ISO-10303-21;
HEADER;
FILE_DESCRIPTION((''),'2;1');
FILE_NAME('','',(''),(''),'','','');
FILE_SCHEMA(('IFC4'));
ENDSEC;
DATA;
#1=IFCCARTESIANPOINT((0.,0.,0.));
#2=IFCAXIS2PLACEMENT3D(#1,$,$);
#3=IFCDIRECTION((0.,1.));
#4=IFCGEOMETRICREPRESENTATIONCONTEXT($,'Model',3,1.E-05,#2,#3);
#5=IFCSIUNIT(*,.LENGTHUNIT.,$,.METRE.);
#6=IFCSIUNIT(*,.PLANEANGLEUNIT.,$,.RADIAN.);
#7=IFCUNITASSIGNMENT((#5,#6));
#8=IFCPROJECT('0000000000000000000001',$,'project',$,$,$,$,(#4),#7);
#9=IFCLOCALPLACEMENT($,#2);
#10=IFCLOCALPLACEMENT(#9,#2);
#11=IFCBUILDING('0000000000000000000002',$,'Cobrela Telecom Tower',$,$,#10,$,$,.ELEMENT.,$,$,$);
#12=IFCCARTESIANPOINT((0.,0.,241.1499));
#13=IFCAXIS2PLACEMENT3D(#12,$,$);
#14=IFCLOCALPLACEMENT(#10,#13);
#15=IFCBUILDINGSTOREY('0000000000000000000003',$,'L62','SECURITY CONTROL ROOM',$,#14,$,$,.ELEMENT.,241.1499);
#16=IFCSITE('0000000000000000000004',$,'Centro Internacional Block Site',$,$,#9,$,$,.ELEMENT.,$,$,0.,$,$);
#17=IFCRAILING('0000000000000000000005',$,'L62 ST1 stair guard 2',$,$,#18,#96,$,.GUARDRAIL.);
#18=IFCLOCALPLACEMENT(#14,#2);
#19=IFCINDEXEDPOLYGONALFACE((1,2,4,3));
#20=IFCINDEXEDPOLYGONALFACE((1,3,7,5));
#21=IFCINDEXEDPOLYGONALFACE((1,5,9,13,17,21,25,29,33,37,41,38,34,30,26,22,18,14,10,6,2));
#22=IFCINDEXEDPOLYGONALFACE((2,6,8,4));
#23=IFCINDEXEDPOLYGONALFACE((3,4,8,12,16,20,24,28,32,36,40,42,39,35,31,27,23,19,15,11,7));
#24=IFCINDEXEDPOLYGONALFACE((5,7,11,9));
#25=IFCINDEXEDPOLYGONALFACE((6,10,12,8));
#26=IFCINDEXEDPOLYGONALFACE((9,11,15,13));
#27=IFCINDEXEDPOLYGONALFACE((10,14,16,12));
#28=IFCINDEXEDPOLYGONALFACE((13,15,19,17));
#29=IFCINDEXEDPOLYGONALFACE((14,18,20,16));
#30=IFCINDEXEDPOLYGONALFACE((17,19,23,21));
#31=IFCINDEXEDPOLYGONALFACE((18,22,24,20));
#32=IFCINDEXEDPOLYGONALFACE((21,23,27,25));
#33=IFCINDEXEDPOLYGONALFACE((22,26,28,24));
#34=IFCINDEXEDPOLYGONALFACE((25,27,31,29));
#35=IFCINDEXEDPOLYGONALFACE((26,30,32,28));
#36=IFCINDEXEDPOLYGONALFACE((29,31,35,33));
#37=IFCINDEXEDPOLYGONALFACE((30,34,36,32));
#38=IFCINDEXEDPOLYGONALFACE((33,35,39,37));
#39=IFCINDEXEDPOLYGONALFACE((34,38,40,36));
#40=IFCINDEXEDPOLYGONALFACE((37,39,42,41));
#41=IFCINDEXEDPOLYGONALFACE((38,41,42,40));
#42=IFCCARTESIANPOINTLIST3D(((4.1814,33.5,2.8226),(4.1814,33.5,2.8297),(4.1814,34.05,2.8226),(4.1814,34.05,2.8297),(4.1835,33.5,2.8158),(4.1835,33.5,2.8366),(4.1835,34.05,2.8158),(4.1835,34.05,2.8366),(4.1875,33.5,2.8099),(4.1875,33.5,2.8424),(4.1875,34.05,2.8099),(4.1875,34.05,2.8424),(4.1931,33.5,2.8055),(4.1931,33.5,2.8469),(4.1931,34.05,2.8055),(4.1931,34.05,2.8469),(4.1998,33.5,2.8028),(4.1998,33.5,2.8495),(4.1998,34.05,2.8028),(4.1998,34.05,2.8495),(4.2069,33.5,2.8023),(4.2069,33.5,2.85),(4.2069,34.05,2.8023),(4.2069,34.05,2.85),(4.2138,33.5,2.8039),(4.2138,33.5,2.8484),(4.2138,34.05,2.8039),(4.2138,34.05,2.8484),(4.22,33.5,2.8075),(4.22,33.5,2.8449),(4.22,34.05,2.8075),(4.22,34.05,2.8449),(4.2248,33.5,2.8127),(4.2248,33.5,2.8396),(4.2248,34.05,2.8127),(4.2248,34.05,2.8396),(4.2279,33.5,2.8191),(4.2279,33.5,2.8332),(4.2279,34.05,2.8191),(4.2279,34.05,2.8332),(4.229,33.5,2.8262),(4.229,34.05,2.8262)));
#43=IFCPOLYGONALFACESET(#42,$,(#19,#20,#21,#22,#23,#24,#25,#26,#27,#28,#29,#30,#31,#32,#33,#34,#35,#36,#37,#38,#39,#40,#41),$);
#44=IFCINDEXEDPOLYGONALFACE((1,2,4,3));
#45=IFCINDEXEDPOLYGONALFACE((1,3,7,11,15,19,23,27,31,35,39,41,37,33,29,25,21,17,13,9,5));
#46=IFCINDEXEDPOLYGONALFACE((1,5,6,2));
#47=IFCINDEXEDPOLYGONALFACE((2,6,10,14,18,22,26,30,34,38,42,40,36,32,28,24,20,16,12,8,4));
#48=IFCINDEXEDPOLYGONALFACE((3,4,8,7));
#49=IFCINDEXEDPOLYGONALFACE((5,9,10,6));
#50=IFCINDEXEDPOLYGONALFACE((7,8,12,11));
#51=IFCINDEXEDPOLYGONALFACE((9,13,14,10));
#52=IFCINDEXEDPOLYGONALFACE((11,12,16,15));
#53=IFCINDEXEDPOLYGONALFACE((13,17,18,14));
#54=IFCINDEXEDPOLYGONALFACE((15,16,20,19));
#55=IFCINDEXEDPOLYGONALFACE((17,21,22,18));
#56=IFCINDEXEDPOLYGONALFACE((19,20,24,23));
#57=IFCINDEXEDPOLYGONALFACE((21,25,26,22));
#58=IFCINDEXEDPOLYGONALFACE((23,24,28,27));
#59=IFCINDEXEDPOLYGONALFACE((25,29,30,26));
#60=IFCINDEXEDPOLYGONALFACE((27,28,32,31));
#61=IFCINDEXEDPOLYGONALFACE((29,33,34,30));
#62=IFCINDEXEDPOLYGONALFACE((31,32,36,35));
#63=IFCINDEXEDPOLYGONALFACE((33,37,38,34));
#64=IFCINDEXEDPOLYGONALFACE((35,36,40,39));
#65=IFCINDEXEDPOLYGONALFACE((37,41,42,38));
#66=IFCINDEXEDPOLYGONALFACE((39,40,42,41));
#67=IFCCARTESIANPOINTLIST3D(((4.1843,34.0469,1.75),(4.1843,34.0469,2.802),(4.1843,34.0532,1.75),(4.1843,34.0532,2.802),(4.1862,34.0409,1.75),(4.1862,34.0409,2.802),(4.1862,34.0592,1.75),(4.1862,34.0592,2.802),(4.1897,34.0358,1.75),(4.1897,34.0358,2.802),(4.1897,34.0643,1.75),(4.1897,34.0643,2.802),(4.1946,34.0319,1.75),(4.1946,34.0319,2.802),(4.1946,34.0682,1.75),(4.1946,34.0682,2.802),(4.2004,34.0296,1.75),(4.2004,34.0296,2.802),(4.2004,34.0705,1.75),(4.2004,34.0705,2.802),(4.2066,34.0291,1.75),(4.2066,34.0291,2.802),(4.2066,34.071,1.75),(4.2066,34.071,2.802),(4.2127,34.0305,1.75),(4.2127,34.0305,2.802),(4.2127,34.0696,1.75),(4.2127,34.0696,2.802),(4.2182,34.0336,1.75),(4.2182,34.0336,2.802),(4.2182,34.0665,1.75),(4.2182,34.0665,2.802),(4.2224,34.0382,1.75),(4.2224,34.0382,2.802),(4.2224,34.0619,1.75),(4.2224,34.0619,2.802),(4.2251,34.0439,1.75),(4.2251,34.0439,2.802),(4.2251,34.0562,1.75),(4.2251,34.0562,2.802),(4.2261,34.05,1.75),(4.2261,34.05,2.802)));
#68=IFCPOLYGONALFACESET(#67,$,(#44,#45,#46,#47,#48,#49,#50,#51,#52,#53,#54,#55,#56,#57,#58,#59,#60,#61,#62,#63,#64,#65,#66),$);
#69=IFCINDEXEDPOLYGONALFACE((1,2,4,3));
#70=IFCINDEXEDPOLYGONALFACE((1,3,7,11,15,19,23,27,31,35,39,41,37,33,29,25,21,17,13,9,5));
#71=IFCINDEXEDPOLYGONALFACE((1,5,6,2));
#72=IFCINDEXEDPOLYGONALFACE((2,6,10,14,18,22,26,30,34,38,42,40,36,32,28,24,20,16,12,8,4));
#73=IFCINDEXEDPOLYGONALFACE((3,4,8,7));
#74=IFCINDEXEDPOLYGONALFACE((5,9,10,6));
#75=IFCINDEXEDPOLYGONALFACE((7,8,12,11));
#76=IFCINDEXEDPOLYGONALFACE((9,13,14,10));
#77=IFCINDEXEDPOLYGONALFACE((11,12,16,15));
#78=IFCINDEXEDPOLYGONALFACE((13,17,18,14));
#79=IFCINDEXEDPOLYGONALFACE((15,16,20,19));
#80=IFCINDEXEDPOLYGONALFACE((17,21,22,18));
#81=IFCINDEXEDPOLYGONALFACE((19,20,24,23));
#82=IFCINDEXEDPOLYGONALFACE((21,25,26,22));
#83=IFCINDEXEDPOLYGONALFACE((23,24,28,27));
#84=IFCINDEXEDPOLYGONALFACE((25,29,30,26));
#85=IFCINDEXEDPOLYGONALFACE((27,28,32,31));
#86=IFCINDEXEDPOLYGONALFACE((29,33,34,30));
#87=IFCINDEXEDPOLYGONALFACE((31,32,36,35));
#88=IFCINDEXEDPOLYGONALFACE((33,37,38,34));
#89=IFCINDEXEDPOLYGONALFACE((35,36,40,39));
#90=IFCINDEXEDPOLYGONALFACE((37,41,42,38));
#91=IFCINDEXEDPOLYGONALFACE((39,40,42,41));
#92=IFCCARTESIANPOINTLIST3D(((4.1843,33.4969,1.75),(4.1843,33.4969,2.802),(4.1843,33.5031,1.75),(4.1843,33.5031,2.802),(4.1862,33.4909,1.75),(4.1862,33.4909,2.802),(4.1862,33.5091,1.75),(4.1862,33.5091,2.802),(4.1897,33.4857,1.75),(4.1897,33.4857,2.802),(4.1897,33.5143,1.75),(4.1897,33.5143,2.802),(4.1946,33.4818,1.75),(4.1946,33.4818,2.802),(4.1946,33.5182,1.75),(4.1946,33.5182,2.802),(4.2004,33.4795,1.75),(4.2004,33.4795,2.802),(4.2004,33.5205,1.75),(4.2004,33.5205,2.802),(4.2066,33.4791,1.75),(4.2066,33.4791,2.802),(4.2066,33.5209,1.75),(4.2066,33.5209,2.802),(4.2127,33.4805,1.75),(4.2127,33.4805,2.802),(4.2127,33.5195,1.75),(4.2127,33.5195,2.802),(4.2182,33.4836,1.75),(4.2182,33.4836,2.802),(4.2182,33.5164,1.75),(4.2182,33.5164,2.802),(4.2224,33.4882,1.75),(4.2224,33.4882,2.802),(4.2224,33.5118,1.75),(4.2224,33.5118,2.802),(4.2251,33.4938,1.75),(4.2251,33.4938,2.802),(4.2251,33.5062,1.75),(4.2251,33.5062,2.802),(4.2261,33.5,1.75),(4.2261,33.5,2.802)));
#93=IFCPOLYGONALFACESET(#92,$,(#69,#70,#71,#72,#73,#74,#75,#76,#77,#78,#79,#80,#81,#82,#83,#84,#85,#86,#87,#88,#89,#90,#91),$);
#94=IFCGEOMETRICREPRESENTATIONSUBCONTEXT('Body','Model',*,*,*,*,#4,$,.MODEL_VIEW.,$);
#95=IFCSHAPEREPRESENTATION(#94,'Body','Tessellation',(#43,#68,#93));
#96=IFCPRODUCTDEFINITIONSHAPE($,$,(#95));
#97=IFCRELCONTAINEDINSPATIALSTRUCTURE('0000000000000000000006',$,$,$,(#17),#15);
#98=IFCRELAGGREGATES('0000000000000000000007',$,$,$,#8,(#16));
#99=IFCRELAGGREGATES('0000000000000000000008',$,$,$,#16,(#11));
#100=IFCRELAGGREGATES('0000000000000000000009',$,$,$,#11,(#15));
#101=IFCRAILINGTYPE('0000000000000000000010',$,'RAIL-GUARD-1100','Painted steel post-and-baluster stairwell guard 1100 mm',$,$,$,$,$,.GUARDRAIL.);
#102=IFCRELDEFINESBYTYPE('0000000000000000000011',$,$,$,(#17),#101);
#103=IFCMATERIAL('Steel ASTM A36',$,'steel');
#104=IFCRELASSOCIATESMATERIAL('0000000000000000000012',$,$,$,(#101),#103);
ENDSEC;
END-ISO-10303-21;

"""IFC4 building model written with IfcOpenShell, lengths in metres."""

from ifc_helpers import new_model, si_unit, direction, frame, origin, origin_2d, place, context, subcontext, project, spatial, circle, extrude, material, type_object, element, save


model = new_model("IFC4")

# Units and contexts
model_context = context("Model", 3, precision=1e-05, world=origin(), true_north=direction((0.0, 1.0)))
body_context = subcontext(model_context, "Body", "Model", "MODEL_VIEW")
ifc_project = project(units=[si_unit("LENGTHUNIT", "METRE"), si_unit("PLANEANGLEUNIT", "RADIAN")], contexts=[model_context])

# Site, building, storey
site_placement = place(None, origin())
site = spatial("IfcSite", under=ifc_project, at=site_placement, Name="Centro Internacional Block Site", CompositionType="ELEMENT", RefElevation=0.0)
building_placement = place(site_placement, origin())
building = spatial("IfcBuilding", under=site, at=building_placement, Name="Cobrela Telecom Tower", CompositionType="ELEMENT")
storey_placement = place(building_placement, frame((0.0, 0.0, 241.1499)))
storey = spatial("IfcBuildingStorey", under=building, at=storey_placement, Name="L62", Description="SECURITY CONTROL ROOM", CompositionType="ELEMENT", Elevation=241.1499)

# Shared definitions
ifc_material_1 = material(Name="Steel ASTM A36", Category="steel")

# Railing
railing_type_1 = type_object("IfcRailingType", Name="RAIL-GUARD-1100", Description="Painted steel post-and-baluster stairwell guard 1100 mm", PredefinedType="GUARDRAIL", material=ifc_material_1)
railing_1_placement = place(storey_placement, frame((4.2051, 34.05, 1.75)))
element("IfcRailing", 1, at=railing_1_placement, inside=storey, type_object=railing_type_1, Name="L62 ST1 stair guard 2", PredefinedType="GUARDRAIL", context=body_context, shape_type="SweptSolid", body=[
    extrude(circle(Radius=0.0239, at=origin_2d()), frame((0.0, 0.0, 1.0762), z_axis=(0.0, -1.0, 0.0), x_axis=(1.0, 0.0, 0.0)), (0.0, 0.0, 1.0), 0.55),
    extrude(circle(Radius=0.021, at=origin_2d()), origin(), (0.0, 0.0, 1.0), 1.052),
    extrude(circle(Radius=0.021, at=origin_2d()), frame((0.0, -0.55, 0.0)), (0.0, 0.0, 1.0), 1.052),
])

save(model, "model.ifc")
